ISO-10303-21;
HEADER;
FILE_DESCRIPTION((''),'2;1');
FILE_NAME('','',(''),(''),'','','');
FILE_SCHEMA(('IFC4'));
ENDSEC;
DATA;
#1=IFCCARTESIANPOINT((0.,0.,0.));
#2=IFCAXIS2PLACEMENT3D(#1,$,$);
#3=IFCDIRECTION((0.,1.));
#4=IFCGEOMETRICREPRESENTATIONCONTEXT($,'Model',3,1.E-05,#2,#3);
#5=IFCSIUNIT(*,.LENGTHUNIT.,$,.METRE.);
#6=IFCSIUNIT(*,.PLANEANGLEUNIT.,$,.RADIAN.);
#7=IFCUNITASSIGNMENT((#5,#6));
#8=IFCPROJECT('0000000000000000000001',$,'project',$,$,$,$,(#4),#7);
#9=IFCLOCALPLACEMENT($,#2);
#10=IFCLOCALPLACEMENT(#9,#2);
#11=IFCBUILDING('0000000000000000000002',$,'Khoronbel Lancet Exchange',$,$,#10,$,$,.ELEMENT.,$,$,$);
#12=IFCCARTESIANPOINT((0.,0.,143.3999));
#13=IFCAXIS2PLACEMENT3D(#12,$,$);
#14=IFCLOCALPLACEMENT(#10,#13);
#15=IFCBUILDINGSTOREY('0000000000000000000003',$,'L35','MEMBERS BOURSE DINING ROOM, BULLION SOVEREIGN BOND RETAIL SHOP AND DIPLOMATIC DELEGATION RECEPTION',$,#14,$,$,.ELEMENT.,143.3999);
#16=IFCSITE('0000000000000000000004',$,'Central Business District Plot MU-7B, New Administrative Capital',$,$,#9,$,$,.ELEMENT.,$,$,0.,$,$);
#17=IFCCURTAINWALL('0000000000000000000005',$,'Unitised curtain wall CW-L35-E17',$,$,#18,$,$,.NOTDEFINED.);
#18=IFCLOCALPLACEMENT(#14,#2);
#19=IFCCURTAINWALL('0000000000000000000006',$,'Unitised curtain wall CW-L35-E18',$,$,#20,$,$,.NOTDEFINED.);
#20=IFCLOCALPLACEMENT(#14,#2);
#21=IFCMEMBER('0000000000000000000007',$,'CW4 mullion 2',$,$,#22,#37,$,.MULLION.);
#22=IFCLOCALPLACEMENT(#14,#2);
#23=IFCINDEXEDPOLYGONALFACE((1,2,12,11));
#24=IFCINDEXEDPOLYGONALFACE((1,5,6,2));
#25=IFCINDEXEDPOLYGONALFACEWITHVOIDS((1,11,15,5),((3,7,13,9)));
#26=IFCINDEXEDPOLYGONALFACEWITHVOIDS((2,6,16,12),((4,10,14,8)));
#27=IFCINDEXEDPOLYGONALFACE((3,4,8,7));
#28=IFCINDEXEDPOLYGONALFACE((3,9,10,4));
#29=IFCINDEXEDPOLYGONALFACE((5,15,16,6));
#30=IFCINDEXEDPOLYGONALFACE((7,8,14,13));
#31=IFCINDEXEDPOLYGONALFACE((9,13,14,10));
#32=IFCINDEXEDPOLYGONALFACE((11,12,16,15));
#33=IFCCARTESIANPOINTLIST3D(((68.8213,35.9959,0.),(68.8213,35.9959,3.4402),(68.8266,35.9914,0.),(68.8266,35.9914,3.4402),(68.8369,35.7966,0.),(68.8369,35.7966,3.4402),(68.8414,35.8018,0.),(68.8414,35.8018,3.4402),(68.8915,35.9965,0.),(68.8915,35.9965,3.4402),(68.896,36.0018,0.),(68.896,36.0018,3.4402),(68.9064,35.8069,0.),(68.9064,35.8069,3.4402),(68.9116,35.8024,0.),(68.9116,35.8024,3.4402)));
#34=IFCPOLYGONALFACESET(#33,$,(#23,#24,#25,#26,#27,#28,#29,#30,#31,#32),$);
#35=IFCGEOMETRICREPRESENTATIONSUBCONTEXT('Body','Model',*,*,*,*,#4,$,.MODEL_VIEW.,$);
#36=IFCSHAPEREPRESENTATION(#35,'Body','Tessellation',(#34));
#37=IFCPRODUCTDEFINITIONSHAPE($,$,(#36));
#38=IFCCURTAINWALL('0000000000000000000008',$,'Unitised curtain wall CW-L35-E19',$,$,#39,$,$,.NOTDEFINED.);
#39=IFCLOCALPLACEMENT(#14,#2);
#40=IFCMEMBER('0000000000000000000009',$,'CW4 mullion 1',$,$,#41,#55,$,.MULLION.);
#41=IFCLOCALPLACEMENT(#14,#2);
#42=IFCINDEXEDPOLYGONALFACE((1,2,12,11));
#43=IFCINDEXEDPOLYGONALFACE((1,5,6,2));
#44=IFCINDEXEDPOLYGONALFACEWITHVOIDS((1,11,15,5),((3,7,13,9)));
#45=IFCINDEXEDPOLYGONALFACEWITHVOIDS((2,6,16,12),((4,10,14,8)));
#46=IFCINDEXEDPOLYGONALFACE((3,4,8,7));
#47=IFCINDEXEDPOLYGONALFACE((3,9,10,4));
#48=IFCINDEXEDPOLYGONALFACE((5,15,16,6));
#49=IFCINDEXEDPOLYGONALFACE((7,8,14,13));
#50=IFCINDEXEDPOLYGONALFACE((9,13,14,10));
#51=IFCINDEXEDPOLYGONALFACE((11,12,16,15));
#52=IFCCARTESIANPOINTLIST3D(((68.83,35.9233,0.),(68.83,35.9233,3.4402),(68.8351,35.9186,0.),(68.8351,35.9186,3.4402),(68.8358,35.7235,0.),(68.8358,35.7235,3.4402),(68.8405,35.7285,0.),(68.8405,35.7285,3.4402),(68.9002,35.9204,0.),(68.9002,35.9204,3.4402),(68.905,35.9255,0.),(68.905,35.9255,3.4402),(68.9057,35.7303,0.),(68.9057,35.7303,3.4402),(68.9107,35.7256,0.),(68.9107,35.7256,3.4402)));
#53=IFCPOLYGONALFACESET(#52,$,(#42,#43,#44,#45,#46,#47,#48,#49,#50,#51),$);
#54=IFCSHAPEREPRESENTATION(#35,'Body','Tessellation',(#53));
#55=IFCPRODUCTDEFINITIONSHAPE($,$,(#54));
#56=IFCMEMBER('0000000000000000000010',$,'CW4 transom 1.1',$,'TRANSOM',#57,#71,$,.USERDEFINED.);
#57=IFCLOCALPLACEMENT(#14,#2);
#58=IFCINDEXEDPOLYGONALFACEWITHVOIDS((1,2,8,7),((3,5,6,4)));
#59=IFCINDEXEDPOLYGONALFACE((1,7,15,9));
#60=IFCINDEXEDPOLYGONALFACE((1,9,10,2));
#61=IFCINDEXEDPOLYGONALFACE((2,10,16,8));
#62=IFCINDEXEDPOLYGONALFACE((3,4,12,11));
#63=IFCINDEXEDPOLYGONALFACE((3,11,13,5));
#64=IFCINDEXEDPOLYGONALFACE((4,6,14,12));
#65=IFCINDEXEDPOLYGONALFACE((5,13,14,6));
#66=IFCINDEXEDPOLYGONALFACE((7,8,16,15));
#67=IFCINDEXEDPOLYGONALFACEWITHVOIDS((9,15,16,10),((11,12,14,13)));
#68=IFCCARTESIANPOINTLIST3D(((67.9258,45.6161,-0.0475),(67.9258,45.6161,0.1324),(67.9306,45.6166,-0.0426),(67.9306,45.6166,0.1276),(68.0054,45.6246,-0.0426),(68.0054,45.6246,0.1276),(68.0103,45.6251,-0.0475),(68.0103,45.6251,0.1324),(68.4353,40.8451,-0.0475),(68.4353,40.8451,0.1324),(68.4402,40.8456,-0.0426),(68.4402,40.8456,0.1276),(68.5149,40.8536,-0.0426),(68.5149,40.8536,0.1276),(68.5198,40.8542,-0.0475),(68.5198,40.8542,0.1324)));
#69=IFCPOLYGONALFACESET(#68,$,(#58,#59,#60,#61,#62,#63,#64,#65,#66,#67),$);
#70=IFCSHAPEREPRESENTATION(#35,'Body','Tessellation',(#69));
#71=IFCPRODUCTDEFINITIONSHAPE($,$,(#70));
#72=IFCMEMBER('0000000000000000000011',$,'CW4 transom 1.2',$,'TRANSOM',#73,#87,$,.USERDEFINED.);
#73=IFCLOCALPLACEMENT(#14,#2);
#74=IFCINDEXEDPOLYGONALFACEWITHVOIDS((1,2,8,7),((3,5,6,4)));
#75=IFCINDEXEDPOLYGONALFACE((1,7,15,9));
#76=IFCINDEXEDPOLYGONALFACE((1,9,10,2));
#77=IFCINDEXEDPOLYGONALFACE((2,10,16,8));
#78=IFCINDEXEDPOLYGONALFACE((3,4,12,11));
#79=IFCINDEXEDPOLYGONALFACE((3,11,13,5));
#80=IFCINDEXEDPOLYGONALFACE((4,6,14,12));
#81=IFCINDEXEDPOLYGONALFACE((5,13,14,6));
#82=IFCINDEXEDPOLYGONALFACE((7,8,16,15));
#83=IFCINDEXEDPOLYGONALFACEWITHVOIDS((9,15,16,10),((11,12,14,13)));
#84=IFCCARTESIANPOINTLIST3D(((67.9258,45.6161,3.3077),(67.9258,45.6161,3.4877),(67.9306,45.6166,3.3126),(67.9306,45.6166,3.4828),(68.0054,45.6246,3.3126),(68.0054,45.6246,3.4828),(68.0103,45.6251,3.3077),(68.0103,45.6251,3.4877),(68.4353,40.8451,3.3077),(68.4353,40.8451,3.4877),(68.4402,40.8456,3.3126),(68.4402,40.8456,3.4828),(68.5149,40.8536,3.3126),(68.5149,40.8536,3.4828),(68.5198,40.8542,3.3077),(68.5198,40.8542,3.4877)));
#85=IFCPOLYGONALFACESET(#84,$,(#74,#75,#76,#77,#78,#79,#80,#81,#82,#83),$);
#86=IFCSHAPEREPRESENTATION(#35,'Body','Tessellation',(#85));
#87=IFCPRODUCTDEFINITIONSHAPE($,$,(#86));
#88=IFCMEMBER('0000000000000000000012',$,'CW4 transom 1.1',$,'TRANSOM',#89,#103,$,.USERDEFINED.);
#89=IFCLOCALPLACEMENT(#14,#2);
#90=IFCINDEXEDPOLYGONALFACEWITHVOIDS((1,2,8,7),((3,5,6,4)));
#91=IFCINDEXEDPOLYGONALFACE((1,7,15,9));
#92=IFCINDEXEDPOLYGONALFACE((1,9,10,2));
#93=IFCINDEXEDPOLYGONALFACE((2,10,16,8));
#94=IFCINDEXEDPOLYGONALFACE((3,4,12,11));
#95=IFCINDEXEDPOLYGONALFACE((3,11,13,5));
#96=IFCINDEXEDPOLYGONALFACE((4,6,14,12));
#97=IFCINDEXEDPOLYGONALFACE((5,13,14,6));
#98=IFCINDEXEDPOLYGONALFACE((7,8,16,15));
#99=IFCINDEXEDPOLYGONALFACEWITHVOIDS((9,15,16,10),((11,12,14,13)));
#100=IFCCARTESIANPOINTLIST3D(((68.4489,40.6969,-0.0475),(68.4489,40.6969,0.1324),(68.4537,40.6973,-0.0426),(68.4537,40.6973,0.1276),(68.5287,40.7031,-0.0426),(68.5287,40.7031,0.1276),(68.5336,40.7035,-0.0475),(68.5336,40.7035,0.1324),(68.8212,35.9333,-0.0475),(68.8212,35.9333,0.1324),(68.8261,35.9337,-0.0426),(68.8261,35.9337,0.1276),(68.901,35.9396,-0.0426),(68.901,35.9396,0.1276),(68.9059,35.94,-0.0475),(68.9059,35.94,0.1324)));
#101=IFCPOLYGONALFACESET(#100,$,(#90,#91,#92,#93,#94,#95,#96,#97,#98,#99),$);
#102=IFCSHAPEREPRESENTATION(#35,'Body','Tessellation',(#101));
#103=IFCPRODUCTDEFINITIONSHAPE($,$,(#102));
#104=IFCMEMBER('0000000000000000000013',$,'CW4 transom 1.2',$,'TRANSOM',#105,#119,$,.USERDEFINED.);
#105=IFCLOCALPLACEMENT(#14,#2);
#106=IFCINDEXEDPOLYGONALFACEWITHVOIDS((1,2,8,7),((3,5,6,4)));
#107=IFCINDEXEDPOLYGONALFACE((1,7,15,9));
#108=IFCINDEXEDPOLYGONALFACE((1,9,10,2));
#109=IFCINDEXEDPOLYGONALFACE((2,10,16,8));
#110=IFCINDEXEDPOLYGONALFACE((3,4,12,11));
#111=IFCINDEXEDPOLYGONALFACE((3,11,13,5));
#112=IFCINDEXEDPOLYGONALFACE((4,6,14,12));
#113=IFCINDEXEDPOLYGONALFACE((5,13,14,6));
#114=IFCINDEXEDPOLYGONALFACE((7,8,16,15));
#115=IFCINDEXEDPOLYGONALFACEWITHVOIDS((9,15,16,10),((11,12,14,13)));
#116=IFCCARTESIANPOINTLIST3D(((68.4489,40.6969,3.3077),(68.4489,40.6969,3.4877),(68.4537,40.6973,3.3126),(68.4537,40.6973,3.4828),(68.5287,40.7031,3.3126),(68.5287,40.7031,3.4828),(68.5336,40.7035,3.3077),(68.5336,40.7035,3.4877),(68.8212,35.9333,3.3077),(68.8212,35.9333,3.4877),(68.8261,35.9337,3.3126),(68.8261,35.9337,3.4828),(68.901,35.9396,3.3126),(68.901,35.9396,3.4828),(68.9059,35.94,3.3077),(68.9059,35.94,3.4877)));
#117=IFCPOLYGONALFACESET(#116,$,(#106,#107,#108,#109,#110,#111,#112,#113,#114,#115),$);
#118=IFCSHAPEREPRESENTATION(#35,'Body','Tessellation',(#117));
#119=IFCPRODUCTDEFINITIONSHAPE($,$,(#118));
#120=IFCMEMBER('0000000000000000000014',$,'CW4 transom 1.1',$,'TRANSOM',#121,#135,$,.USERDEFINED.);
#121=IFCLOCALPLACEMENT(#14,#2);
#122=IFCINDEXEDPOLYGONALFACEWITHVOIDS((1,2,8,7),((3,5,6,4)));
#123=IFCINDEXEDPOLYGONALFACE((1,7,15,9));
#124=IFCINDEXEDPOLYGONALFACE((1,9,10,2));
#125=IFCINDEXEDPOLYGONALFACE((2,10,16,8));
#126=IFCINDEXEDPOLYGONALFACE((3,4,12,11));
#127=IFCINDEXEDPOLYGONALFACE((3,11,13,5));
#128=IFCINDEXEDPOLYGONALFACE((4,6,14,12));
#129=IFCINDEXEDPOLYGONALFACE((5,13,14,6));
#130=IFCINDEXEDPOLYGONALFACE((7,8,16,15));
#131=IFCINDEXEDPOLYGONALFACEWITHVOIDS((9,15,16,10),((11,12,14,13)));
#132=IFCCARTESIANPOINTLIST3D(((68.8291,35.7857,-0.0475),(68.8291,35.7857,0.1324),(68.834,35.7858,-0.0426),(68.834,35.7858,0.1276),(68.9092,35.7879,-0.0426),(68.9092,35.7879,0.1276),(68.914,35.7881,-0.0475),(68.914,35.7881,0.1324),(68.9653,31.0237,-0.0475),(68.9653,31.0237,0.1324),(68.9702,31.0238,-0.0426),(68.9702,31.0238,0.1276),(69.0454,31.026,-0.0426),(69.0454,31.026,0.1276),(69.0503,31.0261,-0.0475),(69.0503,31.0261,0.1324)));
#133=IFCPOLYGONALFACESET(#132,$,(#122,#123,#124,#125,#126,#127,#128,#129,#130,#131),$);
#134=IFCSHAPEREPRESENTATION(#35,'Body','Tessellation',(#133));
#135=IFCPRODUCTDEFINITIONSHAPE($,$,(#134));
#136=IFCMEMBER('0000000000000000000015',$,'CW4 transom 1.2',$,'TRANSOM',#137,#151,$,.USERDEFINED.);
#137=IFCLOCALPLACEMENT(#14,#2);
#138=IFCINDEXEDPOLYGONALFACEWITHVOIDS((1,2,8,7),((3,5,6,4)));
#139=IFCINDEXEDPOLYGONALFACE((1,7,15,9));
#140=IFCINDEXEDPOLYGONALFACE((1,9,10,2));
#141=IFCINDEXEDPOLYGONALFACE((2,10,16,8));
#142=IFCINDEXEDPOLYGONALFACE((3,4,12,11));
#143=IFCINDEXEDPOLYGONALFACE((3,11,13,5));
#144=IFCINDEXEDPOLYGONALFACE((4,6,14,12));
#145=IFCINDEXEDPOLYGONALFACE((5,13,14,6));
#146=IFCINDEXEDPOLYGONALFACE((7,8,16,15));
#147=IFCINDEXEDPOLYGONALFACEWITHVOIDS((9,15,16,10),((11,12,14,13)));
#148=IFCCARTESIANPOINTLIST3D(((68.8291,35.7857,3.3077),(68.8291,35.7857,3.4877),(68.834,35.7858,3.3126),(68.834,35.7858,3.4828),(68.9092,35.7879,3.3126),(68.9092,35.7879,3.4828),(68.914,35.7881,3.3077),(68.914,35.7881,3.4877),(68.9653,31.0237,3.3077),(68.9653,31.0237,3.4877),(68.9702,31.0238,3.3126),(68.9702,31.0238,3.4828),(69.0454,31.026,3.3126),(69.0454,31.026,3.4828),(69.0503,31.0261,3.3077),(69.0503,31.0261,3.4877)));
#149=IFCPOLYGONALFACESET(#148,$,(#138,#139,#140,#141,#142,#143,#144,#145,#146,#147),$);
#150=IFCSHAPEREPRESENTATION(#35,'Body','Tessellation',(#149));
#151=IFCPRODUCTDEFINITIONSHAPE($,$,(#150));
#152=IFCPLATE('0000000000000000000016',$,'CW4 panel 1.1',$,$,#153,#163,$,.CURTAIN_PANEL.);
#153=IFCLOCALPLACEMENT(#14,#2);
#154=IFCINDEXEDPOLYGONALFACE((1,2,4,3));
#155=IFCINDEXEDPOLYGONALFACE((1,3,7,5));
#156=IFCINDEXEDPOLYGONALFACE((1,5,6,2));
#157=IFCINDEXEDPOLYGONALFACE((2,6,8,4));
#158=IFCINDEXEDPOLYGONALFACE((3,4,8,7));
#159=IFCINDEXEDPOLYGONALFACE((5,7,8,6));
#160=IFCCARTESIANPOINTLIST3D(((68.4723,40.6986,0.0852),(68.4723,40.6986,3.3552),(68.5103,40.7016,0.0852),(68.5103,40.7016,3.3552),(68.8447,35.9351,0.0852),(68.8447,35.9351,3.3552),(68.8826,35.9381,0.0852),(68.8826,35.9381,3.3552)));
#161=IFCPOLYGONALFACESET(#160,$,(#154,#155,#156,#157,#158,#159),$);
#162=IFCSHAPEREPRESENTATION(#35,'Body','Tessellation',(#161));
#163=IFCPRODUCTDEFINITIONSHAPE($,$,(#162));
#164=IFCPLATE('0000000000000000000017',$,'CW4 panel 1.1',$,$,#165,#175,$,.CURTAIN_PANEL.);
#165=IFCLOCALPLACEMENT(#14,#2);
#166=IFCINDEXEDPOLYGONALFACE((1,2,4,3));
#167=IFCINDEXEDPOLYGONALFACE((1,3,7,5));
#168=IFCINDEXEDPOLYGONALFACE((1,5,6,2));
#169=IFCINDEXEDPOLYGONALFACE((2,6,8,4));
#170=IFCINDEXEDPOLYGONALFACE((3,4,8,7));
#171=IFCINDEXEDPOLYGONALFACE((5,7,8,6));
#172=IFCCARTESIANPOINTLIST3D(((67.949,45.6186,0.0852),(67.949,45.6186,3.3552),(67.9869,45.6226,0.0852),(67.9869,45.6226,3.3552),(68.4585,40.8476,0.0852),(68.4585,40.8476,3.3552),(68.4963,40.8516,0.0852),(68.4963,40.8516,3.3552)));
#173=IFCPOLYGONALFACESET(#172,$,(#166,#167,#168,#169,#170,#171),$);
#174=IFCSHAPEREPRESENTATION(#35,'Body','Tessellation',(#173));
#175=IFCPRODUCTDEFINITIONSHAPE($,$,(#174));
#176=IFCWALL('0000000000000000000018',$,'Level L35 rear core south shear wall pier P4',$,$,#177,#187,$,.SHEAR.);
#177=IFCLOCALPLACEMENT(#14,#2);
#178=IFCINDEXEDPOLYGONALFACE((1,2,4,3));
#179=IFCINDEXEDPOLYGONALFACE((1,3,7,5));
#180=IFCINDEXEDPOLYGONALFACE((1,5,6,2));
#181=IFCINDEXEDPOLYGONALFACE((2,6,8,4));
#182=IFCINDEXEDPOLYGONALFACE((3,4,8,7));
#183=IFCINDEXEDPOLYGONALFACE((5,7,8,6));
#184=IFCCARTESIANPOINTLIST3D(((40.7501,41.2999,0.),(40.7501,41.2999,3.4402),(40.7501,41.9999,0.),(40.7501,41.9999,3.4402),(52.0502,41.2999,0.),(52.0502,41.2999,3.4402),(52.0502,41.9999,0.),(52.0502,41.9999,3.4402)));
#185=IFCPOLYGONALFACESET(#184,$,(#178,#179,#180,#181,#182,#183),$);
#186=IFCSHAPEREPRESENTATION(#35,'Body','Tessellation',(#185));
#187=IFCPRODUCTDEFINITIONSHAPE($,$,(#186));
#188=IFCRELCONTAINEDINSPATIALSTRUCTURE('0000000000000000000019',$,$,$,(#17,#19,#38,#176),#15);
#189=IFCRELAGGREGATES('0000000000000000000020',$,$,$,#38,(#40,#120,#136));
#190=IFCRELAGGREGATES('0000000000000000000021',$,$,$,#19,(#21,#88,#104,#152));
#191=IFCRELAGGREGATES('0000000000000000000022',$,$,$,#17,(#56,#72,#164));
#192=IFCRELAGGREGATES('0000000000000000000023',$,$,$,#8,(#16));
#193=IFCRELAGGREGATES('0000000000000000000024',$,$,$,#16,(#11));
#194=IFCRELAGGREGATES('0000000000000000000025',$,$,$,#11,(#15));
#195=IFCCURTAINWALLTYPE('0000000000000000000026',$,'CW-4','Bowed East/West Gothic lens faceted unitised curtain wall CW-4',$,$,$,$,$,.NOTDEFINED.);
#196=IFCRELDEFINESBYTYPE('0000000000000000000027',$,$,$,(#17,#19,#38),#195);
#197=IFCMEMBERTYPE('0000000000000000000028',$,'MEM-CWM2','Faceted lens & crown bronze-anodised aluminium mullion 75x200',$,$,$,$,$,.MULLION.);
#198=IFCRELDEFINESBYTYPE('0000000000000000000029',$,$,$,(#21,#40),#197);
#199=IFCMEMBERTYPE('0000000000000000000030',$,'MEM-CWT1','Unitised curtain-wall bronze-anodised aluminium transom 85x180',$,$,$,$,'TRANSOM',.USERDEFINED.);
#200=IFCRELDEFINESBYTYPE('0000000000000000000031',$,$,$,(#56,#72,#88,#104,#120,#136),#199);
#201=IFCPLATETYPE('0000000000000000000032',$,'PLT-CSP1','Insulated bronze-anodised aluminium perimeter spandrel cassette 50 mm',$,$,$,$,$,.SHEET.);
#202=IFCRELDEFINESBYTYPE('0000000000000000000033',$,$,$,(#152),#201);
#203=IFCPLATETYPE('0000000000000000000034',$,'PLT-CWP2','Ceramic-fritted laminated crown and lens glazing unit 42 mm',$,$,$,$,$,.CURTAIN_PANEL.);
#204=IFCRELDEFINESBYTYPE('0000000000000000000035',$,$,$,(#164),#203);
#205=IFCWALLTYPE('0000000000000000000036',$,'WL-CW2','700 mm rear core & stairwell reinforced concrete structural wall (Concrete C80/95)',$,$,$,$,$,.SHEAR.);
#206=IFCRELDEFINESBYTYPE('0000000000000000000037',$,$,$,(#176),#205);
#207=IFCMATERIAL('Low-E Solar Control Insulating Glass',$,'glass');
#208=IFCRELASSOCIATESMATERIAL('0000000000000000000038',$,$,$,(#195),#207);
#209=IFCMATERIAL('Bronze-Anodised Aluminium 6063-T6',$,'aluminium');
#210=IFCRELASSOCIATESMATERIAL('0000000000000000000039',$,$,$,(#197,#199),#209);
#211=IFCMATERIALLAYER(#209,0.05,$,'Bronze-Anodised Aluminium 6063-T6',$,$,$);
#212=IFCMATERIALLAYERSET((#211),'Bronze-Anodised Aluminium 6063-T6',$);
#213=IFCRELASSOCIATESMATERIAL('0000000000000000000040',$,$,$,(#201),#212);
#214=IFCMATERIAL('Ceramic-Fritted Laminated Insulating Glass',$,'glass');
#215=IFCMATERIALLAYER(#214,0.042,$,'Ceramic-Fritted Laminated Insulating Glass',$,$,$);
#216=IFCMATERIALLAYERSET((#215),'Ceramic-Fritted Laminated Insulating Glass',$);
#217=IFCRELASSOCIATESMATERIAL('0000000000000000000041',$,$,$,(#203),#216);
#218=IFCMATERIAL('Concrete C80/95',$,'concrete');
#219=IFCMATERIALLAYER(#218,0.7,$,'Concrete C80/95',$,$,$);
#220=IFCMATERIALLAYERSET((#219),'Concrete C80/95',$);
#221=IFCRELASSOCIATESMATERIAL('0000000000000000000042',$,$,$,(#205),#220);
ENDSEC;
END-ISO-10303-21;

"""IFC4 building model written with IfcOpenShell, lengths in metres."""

from ifc_helpers import new_model, si_unit, direction, frame, frame_2d, origin, origin_2d, place, context, subcontext, project, spatial, rectangle, hollow_rectangle, extrude, material, layer, layer_set, material_profile, profile_set, type_object, element, aggregate, save


model = new_model("IFC4")

# Units and contexts
model_context = context("Model", 3, precision=1e-05, world=origin(), true_north=direction((0.0, 1.0)))
body_context = subcontext(model_context, "Body", "Model", "MODEL_VIEW")
ifc_project = project(units=[si_unit("LENGTHUNIT", "METRE"), si_unit("PLANEANGLEUNIT", "RADIAN")], contexts=[model_context])

# Site, building, storey
site_placement = place(None, origin())
site = spatial("IfcSite", under=ifc_project, at=site_placement, Name="Central Business District Plot MU-7B, New Administrative Capital", CompositionType="ELEMENT", RefElevation=0.0)
building_placement = place(site_placement, origin())
building = spatial("IfcBuilding", under=site, at=building_placement, Name="Khoronbel Lancet Exchange", CompositionType="ELEMENT")
storey_placement = place(building_placement, frame((0.0, 0.0, 143.3999)))
storey = spatial("IfcBuildingStorey", under=building, at=storey_placement, Name="L35", Description="MEMBERS BOURSE DINING ROOM, BULLION SOVEREIGN BOND RETAIL SHOP AND DIPLOMATIC DELEGATION RECEPTION", CompositionType="ELEMENT", Elevation=143.3999)

# Shared definitions
ifc_material_1 = material(Name="Concrete C80/95", Category="concrete")

# Curtain walls, member
ifc_material_2 = material(Name="Low-E Solar Control Insulating Glass", Category="glass")
curtain_wall_type = type_object("IfcCurtainWallType", Name="CW-4", Description="Bowed East/West Gothic lens faceted unitised curtain wall CW-4", PredefinedType="NOTDEFINED", material=ifc_material_2)
curtain_wall_1_placement = place(storey_placement, origin())
curtain_wall_1 = element("IfcCurtainWall", 1, at=curtain_wall_1_placement, inside=storey, type_object=curtain_wall_type, Name="Unitised curtain wall CW-L35-E17", PredefinedType="NOTDEFINED")
ifc_material_3 = material(Name="Bronze-Anodised Aluminium 6063-T6", Category="aluminium")
ifc_material_profile_1 = material_profile(ifc_material_3, hollow_rectangle(XDim=0.075, YDim=0.2, WallThickness=0.0049, at=origin_2d()), Name="ALU MULLION 75x200")
ifc_profile_set_1 = profile_set([ifc_material_profile_1], Name="Bronze-Anodised Aluminium 6063-T6")
member_type_1 = type_object("IfcMemberType", Name="MEM-CWM2", Description="Faceted lens & crown bronze-anodised aluminium mullion 75x200", PredefinedType="MULLION", material=ifc_profile_set_1)
curtain_wall_2_placement = place(storey_placement, origin())
curtain_wall_2 = element("IfcCurtainWall", 2, at=curtain_wall_2_placement, inside=storey, type_object=curtain_wall_type, Name="Unitised curtain wall CW-L35-E18", PredefinedType="NOTDEFINED")
member_1_placement = place(storey_placement, frame((68.8665, 35.8992, 0.0), z_axis=(0.0, 0.0, 1.0), x_axis=(0.99696, 0.077921, 0.0)))
member_1 = element("IfcMember", 3, at=member_1_placement, type_object=member_type_1, Name="CW4 mullion 2", PredefinedType="MULLION", context=body_context, shape_type="SweptSolid", body=[
    extrude(hollow_rectangle(XDim=0.075, YDim=0.2, WallThickness=0.0049, at=origin_2d()), origin(), (0.0, 0.0, 1.0), 3.4402),
])

# Curtain wall, member
curtain_wall_3_placement = place(storey_placement, origin())
curtain_wall_3 = element("IfcCurtainWall", 4, at=curtain_wall_3_placement, inside=storey, type_object=curtain_wall_type, Name="Unitised curtain wall CW-L35-E19", PredefinedType="NOTDEFINED")
member_2_placement = place(storey_placement, frame((68.8704, 35.8245, 0.0), z_axis=(0.0, 0.0, 1.0), x_axis=(0.999591, 0.028613, 0.0)))
member_2 = element("IfcMember", 5, at=member_2_placement, type_object=member_type_1, Name="CW4 mullion 1", PredefinedType="MULLION", context=body_context, shape_type="SweptSolid", body=[
    extrude(hollow_rectangle(XDim=0.075, YDim=0.2, WallThickness=0.0049, at=origin_2d()), origin(), (0.0, 0.0, 1.0), 3.4402),
])

# Members
ifc_material_profile_2 = material_profile(ifc_material_3, hollow_rectangle(XDim=0.085, YDim=0.1799, WallThickness=0.0049, at=origin_2d()), Name="ALU TRANSOM 85x180")
ifc_profile_set_2 = profile_set([ifc_material_profile_2], Name="Bronze-Anodised Aluminium 6063-T6")
member_type_2 = type_object("IfcMemberType", Name="MEM-CWT1", Description="Unitised curtain-wall bronze-anodised aluminium transom 85x180", ElementType="TRANSOM", PredefinedType="USERDEFINED", material=ifc_profile_set_2)
member_3_placement = place(storey_placement, frame((67.968, 45.6206, 0.0425), z_axis=(0.106192, -0.994346, 0.0), x_axis=(0.994346, 0.106192, 0.0)))
member_3 = element("IfcMember", 6, at=member_3_placement, type_object=member_type_2, Name="CW4 transom 1.1", ObjectType="TRANSOM", PredefinedType="USERDEFINED", context=body_context, shape_type="SweptSolid", body=[
    extrude(hollow_rectangle(XDim=0.085, YDim=0.1799, WallThickness=0.0049, at=origin_2d()), origin(), (0.0, 0.0, 1.0), 4.7981),
])
member_4_placement = place(storey_placement, frame((67.968, 45.6206, 3.3977), z_axis=(0.106192, -0.994346, 0.0), x_axis=(0.994346, 0.106192, 0.0)))
member_4 = element("IfcMember", 7, at=member_4_placement, type_object=member_type_2, Name="CW4 transom 1.2", ObjectType="TRANSOM", PredefinedType="USERDEFINED", context=body_context, shape_type="SweptSolid", body=[
    extrude(hollow_rectangle(XDim=0.085, YDim=0.1799, WallThickness=0.0049, at=origin_2d()), origin(), (0.0, 0.0, 1.0), 4.7981),
])
member_5_placement = place(storey_placement, frame((68.4912, 40.7002, 0.0425), z_axis=(0.077923, -0.996959, 0.0), x_axis=(0.996959, 0.077923, 0.0)))
member_5 = element("IfcMember", 8, at=member_5_placement, type_object=member_type_2, Name="CW4 transom 1.1", ObjectType="TRANSOM", PredefinedType="USERDEFINED", context=body_context, shape_type="SweptSolid", body=[
    extrude(hollow_rectangle(XDim=0.085, YDim=0.1799, WallThickness=0.0049, at=origin_2d()), origin(), (0.0, 0.0, 1.0), 4.7781),
])
member_6_placement = place(storey_placement, frame((68.4912, 40.7002, 3.3977), z_axis=(0.077923, -0.996959, 0.0), x_axis=(0.996959, 0.077923, 0.0)))
member_6 = element("IfcMember", 9, at=member_6_placement, type_object=member_type_2, Name="CW4 transom 1.2", ObjectType="TRANSOM", PredefinedType="USERDEFINED", context=body_context, shape_type="SweptSolid", body=[
    extrude(hollow_rectangle(XDim=0.085, YDim=0.1799, WallThickness=0.0049, at=origin_2d()), origin(), (0.0, 0.0, 1.0), 4.7781),
])
member_7_placement = place(storey_placement, frame((68.8716, 35.7869, 0.0425), z_axis=(0.028596, -0.999591, 0.0), x_axis=(0.999591, 0.028596, 0.0)))
member_7 = element("IfcMember", 10, at=member_7_placement, type_object=member_type_2, Name="CW4 transom 1.1", ObjectType="TRANSOM", PredefinedType="USERDEFINED", context=body_context, shape_type="SweptSolid", body=[
    extrude(hollow_rectangle(XDim=0.085, YDim=0.1799, WallThickness=0.0049, at=origin_2d()), origin(), (0.0, 0.0, 1.0), 4.7639),
])
member_8_placement = place(storey_placement, frame((68.8716, 35.7869, 3.3977), z_axis=(0.028596, -0.999591, 0.0), x_axis=(0.999591, 0.028596, 0.0)))
member_8 = element("IfcMember", 11, at=member_8_placement, type_object=member_type_2, Name="CW4 transom 1.2", ObjectType="TRANSOM", PredefinedType="USERDEFINED", context=body_context, shape_type="SweptSolid", body=[
    extrude(hollow_rectangle(XDim=0.085, YDim=0.1799, WallThickness=0.0049, at=origin_2d()), origin(), (0.0, 0.0, 1.0), 4.7639),
])
aggregate(curtain_wall_3, [member_2, member_7, member_8])

# Plates
ifc_layer_1 = layer(ifc_material_3, 0.05, Name="Bronze-Anodised Aluminium 6063-T6")
ifc_layer_set_1 = layer_set([ifc_layer_1], Name="Bronze-Anodised Aluminium 6063-T6")
plate_type_1 = type_object("IfcPlateType", Name="PLT-CSP1", Description="Insulated bronze-anodised aluminium perimeter spandrel cassette 50 mm", PredefinedType="SHEET", material=ifc_layer_set_1)
plate_1_placement = place(storey_placement, frame((68.6775, 38.3184, 0.0852), z_axis=(0.0, 0.0, 1.0), x_axis=(0.077921, -0.99696, 0.0)))
plate_1 = element("IfcPlate", 12, at=plate_1_placement, type_object=plate_type_1, Name="CW4 panel 1.1", PredefinedType="CURTAIN_PANEL", context=body_context, shape_type="SweptSolid", body=[
    extrude(rectangle(XDim=4.7781, YDim=0.0381, at=origin_2d()), origin(), (0.0, 0.0, 1.0), 3.27),
])
aggregate(curtain_wall_2, [member_1, member_5, member_6, plate_1])
ifc_material_4 = material(Name="Ceramic-Fritted Laminated Insulating Glass", Category="glass")
ifc_layer_2 = layer(ifc_material_4, 0.042, Name="Ceramic-Fritted Laminated Insulating Glass")
ifc_layer_set_2 = layer_set([ifc_layer_2], Name="Ceramic-Fritted Laminated Insulating Glass")
plate_type_2 = type_object("IfcPlateType", Name="PLT-CWP2", Description="Ceramic-fritted laminated crown and lens glazing unit 42 mm", PredefinedType="CURTAIN_PANEL", material=ifc_layer_set_2)
plate_2_placement = place(storey_placement, frame((68.2227, 43.2351, 0.0852), z_axis=(0.0, 0.0, 1.0), x_axis=(0.106181, -0.994347, 0.0)))
plate_2 = element("IfcPlate", 13, at=plate_2_placement, type_object=plate_type_2, Name="CW4 panel 1.1", PredefinedType="CURTAIN_PANEL", context=body_context, shape_type="SweptSolid", body=[
    extrude(rectangle(XDim=4.7981, YDim=0.0381, at=origin_2d()), origin(), (0.0, 0.0, 1.0), 3.27),
])
aggregate(curtain_wall_1, [member_3, member_4, plate_2])

# Wall
ifc_layer_3 = layer(ifc_material_1, 0.7, Name="Concrete C80/95")
ifc_layer_set_3 = layer_set([ifc_layer_3], Name="Concrete C80/95")
wall_type_1 = type_object("IfcWallType", Name="WL-CW2", Description="700 mm rear core & stairwell reinforced concrete structural wall (Concrete C80/95)", PredefinedType="SHEAR", material=ifc_layer_set_3)
wall_1_placement = place(storey_placement, frame((52.05, 41.6499, 0.0), z_axis=(0.0, 0.0, 1.0), x_axis=(-1.0, 0.0, 0.0)))
element("IfcWall", 14, at=wall_1_placement, inside=storey, type_object=wall_type_1, Name="Level L35 rear core south shear wall pier P4", PredefinedType="SHEAR", context=body_context, shape_type="SweptSolid", body=[
    extrude(rectangle(XDim=11.3, YDim=0.7, at=frame_2d((5.6499, 0.0))), origin(), (0.0, 0.0, 1.0), 3.4402),
])

save(model, "model.ifc")
